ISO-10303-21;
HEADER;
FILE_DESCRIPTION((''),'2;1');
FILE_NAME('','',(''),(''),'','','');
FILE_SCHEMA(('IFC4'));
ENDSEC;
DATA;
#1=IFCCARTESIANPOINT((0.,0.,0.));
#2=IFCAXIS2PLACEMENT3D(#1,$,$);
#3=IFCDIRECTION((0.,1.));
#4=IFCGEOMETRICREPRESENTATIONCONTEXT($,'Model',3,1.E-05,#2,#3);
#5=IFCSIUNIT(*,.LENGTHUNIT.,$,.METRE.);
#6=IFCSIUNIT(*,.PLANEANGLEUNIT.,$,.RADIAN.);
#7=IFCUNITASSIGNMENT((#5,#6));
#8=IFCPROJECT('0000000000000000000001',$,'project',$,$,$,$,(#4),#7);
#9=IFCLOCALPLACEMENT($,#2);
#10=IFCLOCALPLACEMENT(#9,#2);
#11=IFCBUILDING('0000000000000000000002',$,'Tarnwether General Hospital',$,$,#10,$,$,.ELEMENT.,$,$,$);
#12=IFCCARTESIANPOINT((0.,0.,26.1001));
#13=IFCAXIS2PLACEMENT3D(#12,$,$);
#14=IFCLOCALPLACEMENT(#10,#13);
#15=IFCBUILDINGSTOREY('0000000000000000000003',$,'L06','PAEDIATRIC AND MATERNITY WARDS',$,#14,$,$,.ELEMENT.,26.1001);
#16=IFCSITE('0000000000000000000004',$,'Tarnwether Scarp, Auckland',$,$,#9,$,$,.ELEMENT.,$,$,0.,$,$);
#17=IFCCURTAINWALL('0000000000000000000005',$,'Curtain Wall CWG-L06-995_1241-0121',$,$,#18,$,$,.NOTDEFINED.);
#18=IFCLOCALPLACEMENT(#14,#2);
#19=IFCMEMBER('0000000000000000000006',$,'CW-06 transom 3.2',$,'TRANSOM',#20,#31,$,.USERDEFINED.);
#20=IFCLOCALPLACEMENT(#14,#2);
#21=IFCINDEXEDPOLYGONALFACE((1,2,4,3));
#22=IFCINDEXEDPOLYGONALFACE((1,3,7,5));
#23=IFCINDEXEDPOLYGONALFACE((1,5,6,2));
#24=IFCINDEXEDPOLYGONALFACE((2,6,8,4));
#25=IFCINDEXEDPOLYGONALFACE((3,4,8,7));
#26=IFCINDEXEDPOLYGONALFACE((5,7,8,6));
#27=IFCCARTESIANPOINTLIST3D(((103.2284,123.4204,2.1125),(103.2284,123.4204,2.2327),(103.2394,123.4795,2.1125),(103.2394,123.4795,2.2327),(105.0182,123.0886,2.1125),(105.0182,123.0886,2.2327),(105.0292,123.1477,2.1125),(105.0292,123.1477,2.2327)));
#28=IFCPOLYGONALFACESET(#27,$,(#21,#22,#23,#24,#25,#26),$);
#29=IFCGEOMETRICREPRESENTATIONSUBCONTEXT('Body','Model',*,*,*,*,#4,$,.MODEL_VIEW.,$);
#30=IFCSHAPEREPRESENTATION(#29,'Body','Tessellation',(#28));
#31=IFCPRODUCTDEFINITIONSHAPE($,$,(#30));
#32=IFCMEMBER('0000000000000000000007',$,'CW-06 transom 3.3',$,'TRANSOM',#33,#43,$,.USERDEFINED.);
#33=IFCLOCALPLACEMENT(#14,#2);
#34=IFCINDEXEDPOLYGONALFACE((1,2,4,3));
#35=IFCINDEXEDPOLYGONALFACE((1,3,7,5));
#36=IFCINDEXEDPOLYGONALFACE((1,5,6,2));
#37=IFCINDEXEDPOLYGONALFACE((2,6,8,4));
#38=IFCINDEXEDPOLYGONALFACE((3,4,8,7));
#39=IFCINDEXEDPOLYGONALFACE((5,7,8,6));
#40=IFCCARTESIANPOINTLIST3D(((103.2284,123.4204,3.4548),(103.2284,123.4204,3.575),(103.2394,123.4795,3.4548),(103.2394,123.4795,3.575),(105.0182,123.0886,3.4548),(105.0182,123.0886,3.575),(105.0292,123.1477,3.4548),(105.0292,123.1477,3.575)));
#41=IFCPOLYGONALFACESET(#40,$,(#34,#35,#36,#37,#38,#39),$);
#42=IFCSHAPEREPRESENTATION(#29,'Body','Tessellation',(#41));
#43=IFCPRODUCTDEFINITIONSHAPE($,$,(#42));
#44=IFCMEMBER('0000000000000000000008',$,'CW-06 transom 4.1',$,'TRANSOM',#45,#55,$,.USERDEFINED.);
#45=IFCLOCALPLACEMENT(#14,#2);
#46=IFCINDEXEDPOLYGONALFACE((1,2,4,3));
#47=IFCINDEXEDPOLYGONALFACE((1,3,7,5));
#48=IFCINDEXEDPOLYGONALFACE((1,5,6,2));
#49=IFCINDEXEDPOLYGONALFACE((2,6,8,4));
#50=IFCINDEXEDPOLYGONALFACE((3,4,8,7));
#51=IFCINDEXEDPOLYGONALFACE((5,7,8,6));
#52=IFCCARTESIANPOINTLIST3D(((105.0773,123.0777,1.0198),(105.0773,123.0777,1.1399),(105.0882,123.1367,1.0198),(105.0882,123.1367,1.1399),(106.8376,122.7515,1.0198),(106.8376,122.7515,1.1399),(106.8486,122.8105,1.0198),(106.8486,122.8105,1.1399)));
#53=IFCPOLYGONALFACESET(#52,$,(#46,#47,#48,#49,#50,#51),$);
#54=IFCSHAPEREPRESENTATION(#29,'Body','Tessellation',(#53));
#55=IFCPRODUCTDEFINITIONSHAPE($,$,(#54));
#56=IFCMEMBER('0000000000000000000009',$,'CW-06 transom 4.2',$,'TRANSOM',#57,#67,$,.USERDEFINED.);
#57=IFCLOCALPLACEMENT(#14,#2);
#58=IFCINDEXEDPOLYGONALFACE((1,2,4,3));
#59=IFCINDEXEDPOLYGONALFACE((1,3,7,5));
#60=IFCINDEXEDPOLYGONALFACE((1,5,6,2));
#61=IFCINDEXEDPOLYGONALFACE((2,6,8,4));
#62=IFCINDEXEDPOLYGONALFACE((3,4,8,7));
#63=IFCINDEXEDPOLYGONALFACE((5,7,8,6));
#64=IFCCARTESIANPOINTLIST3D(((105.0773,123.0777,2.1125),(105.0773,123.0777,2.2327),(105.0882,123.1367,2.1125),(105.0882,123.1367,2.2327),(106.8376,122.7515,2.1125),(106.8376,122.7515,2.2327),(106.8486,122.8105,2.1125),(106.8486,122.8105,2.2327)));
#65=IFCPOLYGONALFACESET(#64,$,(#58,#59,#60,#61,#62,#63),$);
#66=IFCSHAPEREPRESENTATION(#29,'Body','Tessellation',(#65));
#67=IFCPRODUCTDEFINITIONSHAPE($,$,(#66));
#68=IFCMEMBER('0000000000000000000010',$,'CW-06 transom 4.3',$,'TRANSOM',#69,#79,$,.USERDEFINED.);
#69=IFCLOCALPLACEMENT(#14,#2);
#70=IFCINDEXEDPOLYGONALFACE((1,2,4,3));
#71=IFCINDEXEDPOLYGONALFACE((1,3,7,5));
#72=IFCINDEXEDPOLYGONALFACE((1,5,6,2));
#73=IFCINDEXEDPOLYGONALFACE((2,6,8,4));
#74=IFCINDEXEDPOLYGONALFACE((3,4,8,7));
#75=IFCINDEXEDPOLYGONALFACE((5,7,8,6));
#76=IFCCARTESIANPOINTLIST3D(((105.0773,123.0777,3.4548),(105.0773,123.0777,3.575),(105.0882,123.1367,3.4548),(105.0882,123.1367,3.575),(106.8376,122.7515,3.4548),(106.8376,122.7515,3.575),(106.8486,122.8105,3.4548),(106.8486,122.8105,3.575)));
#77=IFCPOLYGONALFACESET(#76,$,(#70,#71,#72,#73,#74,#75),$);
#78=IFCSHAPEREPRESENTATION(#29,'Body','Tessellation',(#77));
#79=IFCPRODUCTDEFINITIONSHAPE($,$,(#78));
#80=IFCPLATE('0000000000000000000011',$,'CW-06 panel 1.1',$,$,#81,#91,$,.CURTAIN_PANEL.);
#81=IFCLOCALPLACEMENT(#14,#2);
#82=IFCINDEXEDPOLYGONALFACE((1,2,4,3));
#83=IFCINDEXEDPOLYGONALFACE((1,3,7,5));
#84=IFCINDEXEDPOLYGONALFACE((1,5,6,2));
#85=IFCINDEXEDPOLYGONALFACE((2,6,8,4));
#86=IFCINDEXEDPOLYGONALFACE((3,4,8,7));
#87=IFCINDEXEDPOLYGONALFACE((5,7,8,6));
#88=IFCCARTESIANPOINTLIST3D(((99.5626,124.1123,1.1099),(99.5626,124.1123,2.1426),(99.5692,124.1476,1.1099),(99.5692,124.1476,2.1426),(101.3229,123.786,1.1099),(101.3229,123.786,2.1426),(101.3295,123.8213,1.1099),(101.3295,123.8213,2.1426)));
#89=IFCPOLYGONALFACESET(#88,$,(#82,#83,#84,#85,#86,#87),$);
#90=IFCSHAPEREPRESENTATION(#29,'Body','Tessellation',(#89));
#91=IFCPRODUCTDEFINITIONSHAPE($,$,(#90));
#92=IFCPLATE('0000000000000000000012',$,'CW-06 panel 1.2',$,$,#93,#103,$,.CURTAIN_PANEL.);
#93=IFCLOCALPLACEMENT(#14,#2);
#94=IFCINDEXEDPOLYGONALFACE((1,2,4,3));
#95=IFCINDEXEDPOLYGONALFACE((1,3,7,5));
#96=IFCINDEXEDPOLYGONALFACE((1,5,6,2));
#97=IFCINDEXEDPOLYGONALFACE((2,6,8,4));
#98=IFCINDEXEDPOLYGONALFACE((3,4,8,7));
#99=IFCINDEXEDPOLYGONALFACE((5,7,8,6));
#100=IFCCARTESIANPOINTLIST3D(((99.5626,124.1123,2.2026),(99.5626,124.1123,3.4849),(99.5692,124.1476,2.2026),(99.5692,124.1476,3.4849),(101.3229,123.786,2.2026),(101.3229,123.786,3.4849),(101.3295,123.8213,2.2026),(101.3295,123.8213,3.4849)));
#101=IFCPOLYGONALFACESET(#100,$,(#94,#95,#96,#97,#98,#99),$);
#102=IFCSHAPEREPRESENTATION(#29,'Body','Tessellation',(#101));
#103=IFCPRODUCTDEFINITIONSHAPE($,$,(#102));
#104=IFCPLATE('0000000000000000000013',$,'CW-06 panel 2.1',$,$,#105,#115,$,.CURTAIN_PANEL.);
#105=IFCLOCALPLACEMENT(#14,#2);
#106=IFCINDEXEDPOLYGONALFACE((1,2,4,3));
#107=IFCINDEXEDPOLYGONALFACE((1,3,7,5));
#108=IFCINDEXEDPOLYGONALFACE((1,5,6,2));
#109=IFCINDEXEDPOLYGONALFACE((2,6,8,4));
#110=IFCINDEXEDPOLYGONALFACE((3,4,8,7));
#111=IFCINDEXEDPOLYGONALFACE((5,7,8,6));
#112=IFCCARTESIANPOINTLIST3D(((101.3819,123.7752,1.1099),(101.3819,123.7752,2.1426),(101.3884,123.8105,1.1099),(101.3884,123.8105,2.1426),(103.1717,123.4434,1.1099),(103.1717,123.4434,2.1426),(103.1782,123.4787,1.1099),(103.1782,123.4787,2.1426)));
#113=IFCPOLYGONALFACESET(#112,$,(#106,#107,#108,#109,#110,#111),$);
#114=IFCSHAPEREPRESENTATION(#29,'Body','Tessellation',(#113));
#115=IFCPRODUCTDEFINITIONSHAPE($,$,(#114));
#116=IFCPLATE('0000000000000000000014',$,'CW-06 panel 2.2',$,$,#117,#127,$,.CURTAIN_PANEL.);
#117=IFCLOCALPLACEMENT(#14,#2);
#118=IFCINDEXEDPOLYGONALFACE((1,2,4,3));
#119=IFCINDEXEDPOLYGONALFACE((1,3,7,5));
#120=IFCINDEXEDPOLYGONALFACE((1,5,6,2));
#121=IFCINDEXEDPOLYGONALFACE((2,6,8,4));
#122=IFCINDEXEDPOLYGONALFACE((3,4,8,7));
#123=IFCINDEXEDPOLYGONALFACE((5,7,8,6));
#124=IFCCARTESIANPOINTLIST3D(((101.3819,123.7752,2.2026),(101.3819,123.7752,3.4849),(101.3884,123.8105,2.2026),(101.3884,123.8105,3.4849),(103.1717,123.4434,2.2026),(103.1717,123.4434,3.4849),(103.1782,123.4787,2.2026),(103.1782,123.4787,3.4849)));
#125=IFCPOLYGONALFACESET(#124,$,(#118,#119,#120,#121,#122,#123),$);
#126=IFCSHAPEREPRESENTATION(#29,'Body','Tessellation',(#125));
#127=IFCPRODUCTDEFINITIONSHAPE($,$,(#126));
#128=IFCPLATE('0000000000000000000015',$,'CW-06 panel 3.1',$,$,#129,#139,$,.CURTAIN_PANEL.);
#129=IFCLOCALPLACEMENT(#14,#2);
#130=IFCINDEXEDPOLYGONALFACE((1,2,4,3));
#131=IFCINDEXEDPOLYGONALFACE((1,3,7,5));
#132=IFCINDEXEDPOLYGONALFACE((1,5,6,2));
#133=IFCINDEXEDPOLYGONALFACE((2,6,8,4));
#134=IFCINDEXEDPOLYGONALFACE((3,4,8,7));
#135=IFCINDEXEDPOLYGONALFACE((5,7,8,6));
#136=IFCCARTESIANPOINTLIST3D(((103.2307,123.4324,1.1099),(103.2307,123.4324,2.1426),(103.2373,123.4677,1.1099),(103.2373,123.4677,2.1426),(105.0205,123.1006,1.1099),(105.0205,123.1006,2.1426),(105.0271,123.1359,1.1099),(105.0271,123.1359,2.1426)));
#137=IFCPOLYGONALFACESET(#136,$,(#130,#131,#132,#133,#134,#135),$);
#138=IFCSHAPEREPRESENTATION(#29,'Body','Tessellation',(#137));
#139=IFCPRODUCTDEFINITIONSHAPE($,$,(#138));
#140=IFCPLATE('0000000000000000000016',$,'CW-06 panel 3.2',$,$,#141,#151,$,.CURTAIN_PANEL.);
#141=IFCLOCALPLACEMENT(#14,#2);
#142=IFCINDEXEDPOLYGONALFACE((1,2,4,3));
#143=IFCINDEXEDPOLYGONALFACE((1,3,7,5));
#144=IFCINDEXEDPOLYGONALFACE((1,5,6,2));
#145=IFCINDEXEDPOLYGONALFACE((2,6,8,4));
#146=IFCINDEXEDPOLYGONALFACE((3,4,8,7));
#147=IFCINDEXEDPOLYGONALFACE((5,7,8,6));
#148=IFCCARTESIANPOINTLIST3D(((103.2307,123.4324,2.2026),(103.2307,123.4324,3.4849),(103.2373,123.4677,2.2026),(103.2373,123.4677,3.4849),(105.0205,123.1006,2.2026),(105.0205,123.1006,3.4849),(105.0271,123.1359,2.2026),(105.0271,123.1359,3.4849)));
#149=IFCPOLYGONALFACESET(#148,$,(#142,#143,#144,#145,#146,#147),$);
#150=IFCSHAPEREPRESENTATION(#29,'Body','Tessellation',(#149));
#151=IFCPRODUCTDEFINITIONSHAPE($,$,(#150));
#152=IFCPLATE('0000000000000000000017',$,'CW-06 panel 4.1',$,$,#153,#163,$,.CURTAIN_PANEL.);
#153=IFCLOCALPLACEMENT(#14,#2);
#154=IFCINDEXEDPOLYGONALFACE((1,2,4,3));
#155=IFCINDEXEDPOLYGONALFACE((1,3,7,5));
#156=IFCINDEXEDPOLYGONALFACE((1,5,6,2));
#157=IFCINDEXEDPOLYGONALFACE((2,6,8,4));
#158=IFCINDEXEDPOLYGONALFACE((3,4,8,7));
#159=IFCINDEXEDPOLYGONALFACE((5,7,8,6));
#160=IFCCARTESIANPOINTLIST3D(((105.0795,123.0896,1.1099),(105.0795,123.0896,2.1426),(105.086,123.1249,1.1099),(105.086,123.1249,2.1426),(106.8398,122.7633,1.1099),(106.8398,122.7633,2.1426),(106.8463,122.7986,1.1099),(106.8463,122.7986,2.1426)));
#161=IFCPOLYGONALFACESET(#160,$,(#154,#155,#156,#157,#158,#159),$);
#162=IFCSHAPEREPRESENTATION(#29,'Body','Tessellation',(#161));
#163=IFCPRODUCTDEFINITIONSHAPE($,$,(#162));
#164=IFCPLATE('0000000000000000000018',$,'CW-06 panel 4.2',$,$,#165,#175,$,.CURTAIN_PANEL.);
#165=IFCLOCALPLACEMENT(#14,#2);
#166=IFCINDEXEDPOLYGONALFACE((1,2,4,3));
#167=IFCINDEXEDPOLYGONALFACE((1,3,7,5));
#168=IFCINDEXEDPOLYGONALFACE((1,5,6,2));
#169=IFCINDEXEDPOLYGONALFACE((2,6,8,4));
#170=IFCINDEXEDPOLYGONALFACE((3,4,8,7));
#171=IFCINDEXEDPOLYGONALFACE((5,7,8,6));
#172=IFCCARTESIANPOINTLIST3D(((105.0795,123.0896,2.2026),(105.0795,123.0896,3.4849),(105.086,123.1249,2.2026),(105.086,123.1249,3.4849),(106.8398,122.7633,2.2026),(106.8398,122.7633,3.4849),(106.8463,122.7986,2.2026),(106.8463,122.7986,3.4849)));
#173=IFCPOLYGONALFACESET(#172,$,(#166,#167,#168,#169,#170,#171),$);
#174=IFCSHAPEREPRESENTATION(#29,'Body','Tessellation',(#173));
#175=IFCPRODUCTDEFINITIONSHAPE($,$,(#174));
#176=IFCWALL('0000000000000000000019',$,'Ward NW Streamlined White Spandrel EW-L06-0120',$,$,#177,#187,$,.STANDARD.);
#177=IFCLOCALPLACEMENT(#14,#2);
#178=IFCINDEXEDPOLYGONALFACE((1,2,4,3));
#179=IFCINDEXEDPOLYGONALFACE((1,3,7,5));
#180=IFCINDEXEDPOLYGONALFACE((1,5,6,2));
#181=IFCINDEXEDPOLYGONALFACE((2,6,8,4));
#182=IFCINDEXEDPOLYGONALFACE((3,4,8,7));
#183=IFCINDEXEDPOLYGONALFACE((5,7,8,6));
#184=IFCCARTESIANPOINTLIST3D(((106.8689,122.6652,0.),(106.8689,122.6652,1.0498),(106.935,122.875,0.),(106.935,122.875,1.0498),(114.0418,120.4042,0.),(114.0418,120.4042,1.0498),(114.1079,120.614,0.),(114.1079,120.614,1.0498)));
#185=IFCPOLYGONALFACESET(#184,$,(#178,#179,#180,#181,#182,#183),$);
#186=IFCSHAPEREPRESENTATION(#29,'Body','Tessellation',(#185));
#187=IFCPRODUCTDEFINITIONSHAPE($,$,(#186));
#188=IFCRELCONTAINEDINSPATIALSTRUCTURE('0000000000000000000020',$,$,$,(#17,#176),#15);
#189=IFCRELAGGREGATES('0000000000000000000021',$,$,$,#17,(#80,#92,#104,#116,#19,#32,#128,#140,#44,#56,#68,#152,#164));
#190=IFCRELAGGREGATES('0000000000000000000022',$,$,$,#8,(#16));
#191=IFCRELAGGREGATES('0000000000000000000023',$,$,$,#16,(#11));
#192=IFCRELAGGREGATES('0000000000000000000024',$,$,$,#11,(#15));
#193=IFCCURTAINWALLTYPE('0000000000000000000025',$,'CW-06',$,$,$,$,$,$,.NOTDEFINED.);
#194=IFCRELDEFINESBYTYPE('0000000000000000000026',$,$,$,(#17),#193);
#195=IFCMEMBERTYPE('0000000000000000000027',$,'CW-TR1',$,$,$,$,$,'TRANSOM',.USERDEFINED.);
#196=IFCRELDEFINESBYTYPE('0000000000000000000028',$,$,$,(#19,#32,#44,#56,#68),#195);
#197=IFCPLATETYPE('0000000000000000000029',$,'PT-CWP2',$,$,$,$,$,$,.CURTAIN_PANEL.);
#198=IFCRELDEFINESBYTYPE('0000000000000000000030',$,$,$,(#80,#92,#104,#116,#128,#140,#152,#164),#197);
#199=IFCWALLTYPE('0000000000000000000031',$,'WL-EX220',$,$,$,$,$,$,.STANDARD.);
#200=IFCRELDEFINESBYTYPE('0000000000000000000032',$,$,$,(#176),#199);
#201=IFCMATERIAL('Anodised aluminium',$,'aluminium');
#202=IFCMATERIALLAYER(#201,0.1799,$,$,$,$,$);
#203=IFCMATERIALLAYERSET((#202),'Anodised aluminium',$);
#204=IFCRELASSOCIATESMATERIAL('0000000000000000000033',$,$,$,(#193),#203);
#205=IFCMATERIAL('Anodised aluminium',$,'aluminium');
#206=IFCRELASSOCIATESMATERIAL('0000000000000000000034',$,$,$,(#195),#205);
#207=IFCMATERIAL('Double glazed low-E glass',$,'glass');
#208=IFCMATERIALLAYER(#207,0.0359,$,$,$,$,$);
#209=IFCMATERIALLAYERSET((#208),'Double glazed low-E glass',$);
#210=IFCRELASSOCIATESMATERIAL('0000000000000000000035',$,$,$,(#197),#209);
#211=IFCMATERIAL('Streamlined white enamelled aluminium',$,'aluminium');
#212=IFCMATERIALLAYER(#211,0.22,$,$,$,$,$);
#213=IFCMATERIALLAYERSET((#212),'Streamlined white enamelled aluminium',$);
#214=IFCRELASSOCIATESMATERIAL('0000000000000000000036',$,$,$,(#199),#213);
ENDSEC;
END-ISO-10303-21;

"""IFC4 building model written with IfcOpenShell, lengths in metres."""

from ifc_helpers import new_model, si_unit, direction, frame, frame_2d, origin, origin_2d, place, context, subcontext, project, spatial, rectangle, extrude, material, layer, layer_set, material_profile, profile_set, type_object, element, aggregate, save


model = new_model("IFC4")

# Units and contexts
model_context = context("Model", 3, precision=1e-05, world=origin(), true_north=direction((0.0, 1.0)))
body_context = subcontext(model_context, "Body", "Model", "MODEL_VIEW")
ifc_project = project(units=[si_unit("LENGTHUNIT", "METRE"), si_unit("PLANEANGLEUNIT", "RADIAN")], contexts=[model_context])

# Site, building, storey
site_placement = place(None, origin())
site = spatial("IfcSite", under=ifc_project, at=site_placement, Name="Tarnwether Scarp, Auckland", CompositionType="ELEMENT", RefElevation=0.0)
building_placement = place(site_placement, origin())
building = spatial("IfcBuilding", under=site, at=building_placement, Name="Tarnwether General Hospital", CompositionType="ELEMENT")
storey_placement = place(building_placement, frame((0.0, 0.0, 26.1001)))
storey = spatial("IfcBuildingStorey", under=building, at=storey_placement, Name="L06", Description="PAEDIATRIC AND MATERNITY WARDS", CompositionType="ELEMENT", Elevation=26.1001)

# Curtain wall
ifc_material_1 = material(Name="Anodised aluminium", Category="aluminium")
ifc_layer_1 = layer(ifc_material_1, 0.1799)
ifc_layer_set_1 = layer_set([ifc_layer_1], Name="Anodised aluminium")
curtain_wall_type = type_object("IfcCurtainWallType", Name="CW-06", PredefinedType="NOTDEFINED", material=ifc_layer_set_1)
curtain_wall_1_placement = place(storey_placement, origin())
curtain_wall_1 = element("IfcCurtainWall", 1, at=curtain_wall_1_placement, inside=storey, type_object=curtain_wall_type, Name="Curtain Wall CWG-L06-995_1241-0121", PredefinedType="NOTDEFINED")

# Members
ifc_material_2 = material(Name="Anodised aluminium", Category="aluminium")
ifc_material_profile_1 = material_profile(ifc_material_2, rectangle(XDim=0.0601, YDim=0.1201, at=origin_2d()), Name="ALU-TRN-60x120")
ifc_profile_set_1 = profile_set([ifc_material_profile_1], Name="Anodised aluminium")
member_type_1 = type_object("IfcMemberType", Name="CW-TR1", ElementType="TRANSOM", PredefinedType="USERDEFINED", material=ifc_profile_set_1)
member_1_placement = place(storey_placement, frame((103.2339, 123.45, 2.1726), z_axis=(0.983248, -0.182272, 0.0), x_axis=(0.182272, 0.983248, 0.0)))
member_1 = element("IfcMember", 2, at=member_1_placement, type_object=member_type_1, Name="CW-06 transom 3.2", ObjectType="TRANSOM", PredefinedType="USERDEFINED", context=body_context, shape_type="SweptSolid", body=[
    extrude(rectangle(XDim=0.0601, YDim=0.1201, at=origin_2d()), origin(), (0.0, 0.0, 1.0), 1.8203),
])
member_2_placement = place(storey_placement, frame((103.2339, 123.45, 3.5149), z_axis=(0.983248, -0.182272, 0.0), x_axis=(0.182272, 0.983248, 0.0)))
member_2 = element("IfcMember", 3, at=member_2_placement, type_object=member_type_1, Name="CW-06 transom 3.3", ObjectType="TRANSOM", PredefinedType="USERDEFINED", context=body_context, shape_type="SweptSolid", body=[
    extrude(rectangle(XDim=0.0601, YDim=0.1201, at=origin_2d()), origin(), (0.0, 0.0, 1.0), 1.8203),
])
member_3_placement = place(storey_placement, frame((105.0828, 123.1072, 1.0798), z_axis=(0.983262, -0.182197, 0.0), x_axis=(0.182197, 0.983262, 0.0)))
member_3 = element("IfcMember", 4, at=member_3_placement, type_object=member_type_1, Name="CW-06 transom 4.1", ObjectType="TRANSOM", PredefinedType="USERDEFINED", context=body_context, shape_type="SweptSolid", body=[
    extrude(rectangle(XDim=0.0601, YDim=0.1201, at=origin_2d()), origin(), (0.0, 0.0, 1.0), 1.7903),
])
member_4_placement = place(storey_placement, frame((105.0828, 123.1072, 2.1726), z_axis=(0.983262, -0.182197, 0.0), x_axis=(0.182197, 0.983262, 0.0)))
member_4 = element("IfcMember", 5, at=member_4_placement, type_object=member_type_1, Name="CW-06 transom 4.2", ObjectType="TRANSOM", PredefinedType="USERDEFINED", context=body_context, shape_type="SweptSolid", body=[
    extrude(rectangle(XDim=0.0601, YDim=0.1201, at=origin_2d()), origin(), (0.0, 0.0, 1.0), 1.7903),
])
member_5_placement = place(storey_placement, frame((105.0828, 123.1072, 3.5149), z_axis=(0.983262, -0.182197, 0.0), x_axis=(0.182197, 0.983262, 0.0)))
member_5 = element("IfcMember", 6, at=member_5_placement, type_object=member_type_1, Name="CW-06 transom 4.3", ObjectType="TRANSOM", PredefinedType="USERDEFINED", context=body_context, shape_type="SweptSolid", body=[
    extrude(rectangle(XDim=0.0601, YDim=0.1201, at=origin_2d()), origin(), (0.0, 0.0, 1.0), 1.7903),
])

# Plates
ifc_material_3 = material(Name="Double glazed low-E glass", Category="glass")
ifc_layer_2 = layer(ifc_material_3, 0.0359)
ifc_layer_set_2 = layer_set([ifc_layer_2], Name="Double glazed low-E glass")
plate_type = type_object("IfcPlateType", Name="PT-CWP2", PredefinedType="CURTAIN_PANEL", material=ifc_layer_set_2)
plate_1_placement = place(storey_placement, frame((100.446, 123.9668, 1.1099), z_axis=(0.0, 0.0, 1.0), x_axis=(0.983245, -0.182289, 0.0)))
plate_1 = element("IfcPlate", 7, at=plate_1_placement, type_object=plate_type, Name="CW-06 panel 1.1", PredefinedType="CURTAIN_PANEL", context=body_context, shape_type="SweptSolid", body=[
    extrude(rectangle(XDim=1.7903, YDim=0.0359, at=origin_2d()), origin(), (0.0, 0.0, 1.0), 1.0327),
])
plate_2_placement = place(storey_placement, frame((100.446, 123.9668, 2.2026), z_axis=(0.0, 0.0, 1.0), x_axis=(0.983245, -0.182289, 0.0)))
plate_2 = element("IfcPlate", 8, at=plate_2_placement, type_object=plate_type, Name="CW-06 panel 1.2", PredefinedType="CURTAIN_PANEL", context=body_context, shape_type="SweptSolid", body=[
    extrude(rectangle(XDim=1.7903, YDim=0.0359, at=origin_2d()), origin(), (0.0, 0.0, 1.0), 1.2822),
])
plate_3_placement = place(storey_placement, frame((102.28, 123.627, 1.1099), z_axis=(0.0, 0.0, 1.0), x_axis=(0.983245, -0.182289, 0.0)))
plate_3 = element("IfcPlate", 9, at=plate_3_placement, type_object=plate_type, Name="CW-06 panel 2.1", PredefinedType="CURTAIN_PANEL", context=body_context, shape_type="SweptSolid", body=[
    extrude(rectangle(XDim=1.8203, YDim=0.0359, at=origin_2d()), origin(), (0.0, 0.0, 1.0), 1.0327),
])
plate_4_placement = place(storey_placement, frame((102.28, 123.627, 2.2026), z_axis=(0.0, 0.0, 1.0), x_axis=(0.983245, -0.182289, 0.0)))
plate_4 = element("IfcPlate", 10, at=plate_4_placement, type_object=plate_type, Name="CW-06 panel 2.2", PredefinedType="CURTAIN_PANEL", context=body_context, shape_type="SweptSolid", body=[
    extrude(rectangle(XDim=1.8203, YDim=0.0359, at=origin_2d()), origin(), (0.0, 0.0, 1.0), 1.2822),
])
plate_5_placement = place(storey_placement, frame((104.1289, 123.2842, 1.1099), z_axis=(0.0, 0.0, 1.0), x_axis=(0.983245, -0.182289, 0.0)))
plate_5 = element("IfcPlate", 11, at=plate_5_placement, type_object=plate_type, Name="CW-06 panel 3.1", PredefinedType="CURTAIN_PANEL", context=body_context, shape_type="SweptSolid", body=[
    extrude(rectangle(XDim=1.8203, YDim=0.0359, at=origin_2d()), origin(), (0.0, 0.0, 1.0), 1.0327),
])
plate_6_placement = place(storey_placement, frame((104.1289, 123.2842, 2.2026), z_axis=(0.0, 0.0, 1.0), x_axis=(0.983245, -0.182289, 0.0)))
plate_6 = element("IfcPlate", 12, at=plate_6_placement, type_object=plate_type, Name="CW-06 panel 3.2", PredefinedType="CURTAIN_PANEL", context=body_context, shape_type="SweptSolid", body=[
    extrude(rectangle(XDim=1.8203, YDim=0.0359, at=origin_2d()), origin(), (0.0, 0.0, 1.0), 1.2822),
])
plate_7_placement = place(storey_placement, frame((105.9629, 122.9441, 1.1099), z_axis=(0.0, 0.0, 1.0), x_axis=(0.983245, -0.182289, 0.0)))
plate_7 = element("IfcPlate", 13, at=plate_7_placement, type_object=plate_type, Name="CW-06 panel 4.1", PredefinedType="CURTAIN_PANEL", context=body_context, shape_type="SweptSolid", body=[
    extrude(rectangle(XDim=1.7903, YDim=0.0359, at=origin_2d()), origin(), (0.0, 0.0, 1.0), 1.0327),
])
plate_8_placement = place(storey_placement, frame((105.9629, 122.9441, 2.2026), z_axis=(0.0, 0.0, 1.0), x_axis=(0.983245, -0.182289, 0.0)))
plate_8 = element("IfcPlate", 14, at=plate_8_placement, type_object=plate_type, Name="CW-06 panel 4.2", PredefinedType="CURTAIN_PANEL", context=body_context, shape_type="SweptSolid", body=[
    extrude(rectangle(XDim=1.7903, YDim=0.0359, at=origin_2d()), origin(), (0.0, 0.0, 1.0), 1.2822),
])
aggregate(curtain_wall_1, [plate_1, plate_2, plate_3, plate_4, member_1, member_2, plate_5, plate_6, member_3, member_4, member_5, plate_7, plate_8])

# Wall
ifc_material_4 = material(Name="Streamlined white enamelled aluminium", Category="aluminium")
ifc_layer_3 = layer(ifc_material_4, 0.22)
ifc_layer_set_3 = layer_set([ifc_layer_3], Name="Streamlined white enamelled aluminium")
wall_type = type_object("IfcWallType", Name="WL-EX220", PredefinedType="STANDARD", material=ifc_layer_set_3)
wall_1_placement = place(storey_placement, frame((106.9021, 122.77, 0.0), z_axis=(0.0, 0.0, 1.0), x_axis=(0.95374, -0.300633, 0.0)))
element("IfcWall", 15, at=wall_1_placement, inside=storey, type_object=wall_type, Name="Ward NW Streamlined White Spandrel EW-L06-0120", PredefinedType="STANDARD", context=body_context, shape_type="SweptSolid", body=[
    extrude(rectangle(XDim=7.5208, YDim=0.22, at=frame_2d((3.7603, 0.0))), origin(), (0.0, 0.0, 1.0), 1.0498),
])

save(model, "model.ifc")
